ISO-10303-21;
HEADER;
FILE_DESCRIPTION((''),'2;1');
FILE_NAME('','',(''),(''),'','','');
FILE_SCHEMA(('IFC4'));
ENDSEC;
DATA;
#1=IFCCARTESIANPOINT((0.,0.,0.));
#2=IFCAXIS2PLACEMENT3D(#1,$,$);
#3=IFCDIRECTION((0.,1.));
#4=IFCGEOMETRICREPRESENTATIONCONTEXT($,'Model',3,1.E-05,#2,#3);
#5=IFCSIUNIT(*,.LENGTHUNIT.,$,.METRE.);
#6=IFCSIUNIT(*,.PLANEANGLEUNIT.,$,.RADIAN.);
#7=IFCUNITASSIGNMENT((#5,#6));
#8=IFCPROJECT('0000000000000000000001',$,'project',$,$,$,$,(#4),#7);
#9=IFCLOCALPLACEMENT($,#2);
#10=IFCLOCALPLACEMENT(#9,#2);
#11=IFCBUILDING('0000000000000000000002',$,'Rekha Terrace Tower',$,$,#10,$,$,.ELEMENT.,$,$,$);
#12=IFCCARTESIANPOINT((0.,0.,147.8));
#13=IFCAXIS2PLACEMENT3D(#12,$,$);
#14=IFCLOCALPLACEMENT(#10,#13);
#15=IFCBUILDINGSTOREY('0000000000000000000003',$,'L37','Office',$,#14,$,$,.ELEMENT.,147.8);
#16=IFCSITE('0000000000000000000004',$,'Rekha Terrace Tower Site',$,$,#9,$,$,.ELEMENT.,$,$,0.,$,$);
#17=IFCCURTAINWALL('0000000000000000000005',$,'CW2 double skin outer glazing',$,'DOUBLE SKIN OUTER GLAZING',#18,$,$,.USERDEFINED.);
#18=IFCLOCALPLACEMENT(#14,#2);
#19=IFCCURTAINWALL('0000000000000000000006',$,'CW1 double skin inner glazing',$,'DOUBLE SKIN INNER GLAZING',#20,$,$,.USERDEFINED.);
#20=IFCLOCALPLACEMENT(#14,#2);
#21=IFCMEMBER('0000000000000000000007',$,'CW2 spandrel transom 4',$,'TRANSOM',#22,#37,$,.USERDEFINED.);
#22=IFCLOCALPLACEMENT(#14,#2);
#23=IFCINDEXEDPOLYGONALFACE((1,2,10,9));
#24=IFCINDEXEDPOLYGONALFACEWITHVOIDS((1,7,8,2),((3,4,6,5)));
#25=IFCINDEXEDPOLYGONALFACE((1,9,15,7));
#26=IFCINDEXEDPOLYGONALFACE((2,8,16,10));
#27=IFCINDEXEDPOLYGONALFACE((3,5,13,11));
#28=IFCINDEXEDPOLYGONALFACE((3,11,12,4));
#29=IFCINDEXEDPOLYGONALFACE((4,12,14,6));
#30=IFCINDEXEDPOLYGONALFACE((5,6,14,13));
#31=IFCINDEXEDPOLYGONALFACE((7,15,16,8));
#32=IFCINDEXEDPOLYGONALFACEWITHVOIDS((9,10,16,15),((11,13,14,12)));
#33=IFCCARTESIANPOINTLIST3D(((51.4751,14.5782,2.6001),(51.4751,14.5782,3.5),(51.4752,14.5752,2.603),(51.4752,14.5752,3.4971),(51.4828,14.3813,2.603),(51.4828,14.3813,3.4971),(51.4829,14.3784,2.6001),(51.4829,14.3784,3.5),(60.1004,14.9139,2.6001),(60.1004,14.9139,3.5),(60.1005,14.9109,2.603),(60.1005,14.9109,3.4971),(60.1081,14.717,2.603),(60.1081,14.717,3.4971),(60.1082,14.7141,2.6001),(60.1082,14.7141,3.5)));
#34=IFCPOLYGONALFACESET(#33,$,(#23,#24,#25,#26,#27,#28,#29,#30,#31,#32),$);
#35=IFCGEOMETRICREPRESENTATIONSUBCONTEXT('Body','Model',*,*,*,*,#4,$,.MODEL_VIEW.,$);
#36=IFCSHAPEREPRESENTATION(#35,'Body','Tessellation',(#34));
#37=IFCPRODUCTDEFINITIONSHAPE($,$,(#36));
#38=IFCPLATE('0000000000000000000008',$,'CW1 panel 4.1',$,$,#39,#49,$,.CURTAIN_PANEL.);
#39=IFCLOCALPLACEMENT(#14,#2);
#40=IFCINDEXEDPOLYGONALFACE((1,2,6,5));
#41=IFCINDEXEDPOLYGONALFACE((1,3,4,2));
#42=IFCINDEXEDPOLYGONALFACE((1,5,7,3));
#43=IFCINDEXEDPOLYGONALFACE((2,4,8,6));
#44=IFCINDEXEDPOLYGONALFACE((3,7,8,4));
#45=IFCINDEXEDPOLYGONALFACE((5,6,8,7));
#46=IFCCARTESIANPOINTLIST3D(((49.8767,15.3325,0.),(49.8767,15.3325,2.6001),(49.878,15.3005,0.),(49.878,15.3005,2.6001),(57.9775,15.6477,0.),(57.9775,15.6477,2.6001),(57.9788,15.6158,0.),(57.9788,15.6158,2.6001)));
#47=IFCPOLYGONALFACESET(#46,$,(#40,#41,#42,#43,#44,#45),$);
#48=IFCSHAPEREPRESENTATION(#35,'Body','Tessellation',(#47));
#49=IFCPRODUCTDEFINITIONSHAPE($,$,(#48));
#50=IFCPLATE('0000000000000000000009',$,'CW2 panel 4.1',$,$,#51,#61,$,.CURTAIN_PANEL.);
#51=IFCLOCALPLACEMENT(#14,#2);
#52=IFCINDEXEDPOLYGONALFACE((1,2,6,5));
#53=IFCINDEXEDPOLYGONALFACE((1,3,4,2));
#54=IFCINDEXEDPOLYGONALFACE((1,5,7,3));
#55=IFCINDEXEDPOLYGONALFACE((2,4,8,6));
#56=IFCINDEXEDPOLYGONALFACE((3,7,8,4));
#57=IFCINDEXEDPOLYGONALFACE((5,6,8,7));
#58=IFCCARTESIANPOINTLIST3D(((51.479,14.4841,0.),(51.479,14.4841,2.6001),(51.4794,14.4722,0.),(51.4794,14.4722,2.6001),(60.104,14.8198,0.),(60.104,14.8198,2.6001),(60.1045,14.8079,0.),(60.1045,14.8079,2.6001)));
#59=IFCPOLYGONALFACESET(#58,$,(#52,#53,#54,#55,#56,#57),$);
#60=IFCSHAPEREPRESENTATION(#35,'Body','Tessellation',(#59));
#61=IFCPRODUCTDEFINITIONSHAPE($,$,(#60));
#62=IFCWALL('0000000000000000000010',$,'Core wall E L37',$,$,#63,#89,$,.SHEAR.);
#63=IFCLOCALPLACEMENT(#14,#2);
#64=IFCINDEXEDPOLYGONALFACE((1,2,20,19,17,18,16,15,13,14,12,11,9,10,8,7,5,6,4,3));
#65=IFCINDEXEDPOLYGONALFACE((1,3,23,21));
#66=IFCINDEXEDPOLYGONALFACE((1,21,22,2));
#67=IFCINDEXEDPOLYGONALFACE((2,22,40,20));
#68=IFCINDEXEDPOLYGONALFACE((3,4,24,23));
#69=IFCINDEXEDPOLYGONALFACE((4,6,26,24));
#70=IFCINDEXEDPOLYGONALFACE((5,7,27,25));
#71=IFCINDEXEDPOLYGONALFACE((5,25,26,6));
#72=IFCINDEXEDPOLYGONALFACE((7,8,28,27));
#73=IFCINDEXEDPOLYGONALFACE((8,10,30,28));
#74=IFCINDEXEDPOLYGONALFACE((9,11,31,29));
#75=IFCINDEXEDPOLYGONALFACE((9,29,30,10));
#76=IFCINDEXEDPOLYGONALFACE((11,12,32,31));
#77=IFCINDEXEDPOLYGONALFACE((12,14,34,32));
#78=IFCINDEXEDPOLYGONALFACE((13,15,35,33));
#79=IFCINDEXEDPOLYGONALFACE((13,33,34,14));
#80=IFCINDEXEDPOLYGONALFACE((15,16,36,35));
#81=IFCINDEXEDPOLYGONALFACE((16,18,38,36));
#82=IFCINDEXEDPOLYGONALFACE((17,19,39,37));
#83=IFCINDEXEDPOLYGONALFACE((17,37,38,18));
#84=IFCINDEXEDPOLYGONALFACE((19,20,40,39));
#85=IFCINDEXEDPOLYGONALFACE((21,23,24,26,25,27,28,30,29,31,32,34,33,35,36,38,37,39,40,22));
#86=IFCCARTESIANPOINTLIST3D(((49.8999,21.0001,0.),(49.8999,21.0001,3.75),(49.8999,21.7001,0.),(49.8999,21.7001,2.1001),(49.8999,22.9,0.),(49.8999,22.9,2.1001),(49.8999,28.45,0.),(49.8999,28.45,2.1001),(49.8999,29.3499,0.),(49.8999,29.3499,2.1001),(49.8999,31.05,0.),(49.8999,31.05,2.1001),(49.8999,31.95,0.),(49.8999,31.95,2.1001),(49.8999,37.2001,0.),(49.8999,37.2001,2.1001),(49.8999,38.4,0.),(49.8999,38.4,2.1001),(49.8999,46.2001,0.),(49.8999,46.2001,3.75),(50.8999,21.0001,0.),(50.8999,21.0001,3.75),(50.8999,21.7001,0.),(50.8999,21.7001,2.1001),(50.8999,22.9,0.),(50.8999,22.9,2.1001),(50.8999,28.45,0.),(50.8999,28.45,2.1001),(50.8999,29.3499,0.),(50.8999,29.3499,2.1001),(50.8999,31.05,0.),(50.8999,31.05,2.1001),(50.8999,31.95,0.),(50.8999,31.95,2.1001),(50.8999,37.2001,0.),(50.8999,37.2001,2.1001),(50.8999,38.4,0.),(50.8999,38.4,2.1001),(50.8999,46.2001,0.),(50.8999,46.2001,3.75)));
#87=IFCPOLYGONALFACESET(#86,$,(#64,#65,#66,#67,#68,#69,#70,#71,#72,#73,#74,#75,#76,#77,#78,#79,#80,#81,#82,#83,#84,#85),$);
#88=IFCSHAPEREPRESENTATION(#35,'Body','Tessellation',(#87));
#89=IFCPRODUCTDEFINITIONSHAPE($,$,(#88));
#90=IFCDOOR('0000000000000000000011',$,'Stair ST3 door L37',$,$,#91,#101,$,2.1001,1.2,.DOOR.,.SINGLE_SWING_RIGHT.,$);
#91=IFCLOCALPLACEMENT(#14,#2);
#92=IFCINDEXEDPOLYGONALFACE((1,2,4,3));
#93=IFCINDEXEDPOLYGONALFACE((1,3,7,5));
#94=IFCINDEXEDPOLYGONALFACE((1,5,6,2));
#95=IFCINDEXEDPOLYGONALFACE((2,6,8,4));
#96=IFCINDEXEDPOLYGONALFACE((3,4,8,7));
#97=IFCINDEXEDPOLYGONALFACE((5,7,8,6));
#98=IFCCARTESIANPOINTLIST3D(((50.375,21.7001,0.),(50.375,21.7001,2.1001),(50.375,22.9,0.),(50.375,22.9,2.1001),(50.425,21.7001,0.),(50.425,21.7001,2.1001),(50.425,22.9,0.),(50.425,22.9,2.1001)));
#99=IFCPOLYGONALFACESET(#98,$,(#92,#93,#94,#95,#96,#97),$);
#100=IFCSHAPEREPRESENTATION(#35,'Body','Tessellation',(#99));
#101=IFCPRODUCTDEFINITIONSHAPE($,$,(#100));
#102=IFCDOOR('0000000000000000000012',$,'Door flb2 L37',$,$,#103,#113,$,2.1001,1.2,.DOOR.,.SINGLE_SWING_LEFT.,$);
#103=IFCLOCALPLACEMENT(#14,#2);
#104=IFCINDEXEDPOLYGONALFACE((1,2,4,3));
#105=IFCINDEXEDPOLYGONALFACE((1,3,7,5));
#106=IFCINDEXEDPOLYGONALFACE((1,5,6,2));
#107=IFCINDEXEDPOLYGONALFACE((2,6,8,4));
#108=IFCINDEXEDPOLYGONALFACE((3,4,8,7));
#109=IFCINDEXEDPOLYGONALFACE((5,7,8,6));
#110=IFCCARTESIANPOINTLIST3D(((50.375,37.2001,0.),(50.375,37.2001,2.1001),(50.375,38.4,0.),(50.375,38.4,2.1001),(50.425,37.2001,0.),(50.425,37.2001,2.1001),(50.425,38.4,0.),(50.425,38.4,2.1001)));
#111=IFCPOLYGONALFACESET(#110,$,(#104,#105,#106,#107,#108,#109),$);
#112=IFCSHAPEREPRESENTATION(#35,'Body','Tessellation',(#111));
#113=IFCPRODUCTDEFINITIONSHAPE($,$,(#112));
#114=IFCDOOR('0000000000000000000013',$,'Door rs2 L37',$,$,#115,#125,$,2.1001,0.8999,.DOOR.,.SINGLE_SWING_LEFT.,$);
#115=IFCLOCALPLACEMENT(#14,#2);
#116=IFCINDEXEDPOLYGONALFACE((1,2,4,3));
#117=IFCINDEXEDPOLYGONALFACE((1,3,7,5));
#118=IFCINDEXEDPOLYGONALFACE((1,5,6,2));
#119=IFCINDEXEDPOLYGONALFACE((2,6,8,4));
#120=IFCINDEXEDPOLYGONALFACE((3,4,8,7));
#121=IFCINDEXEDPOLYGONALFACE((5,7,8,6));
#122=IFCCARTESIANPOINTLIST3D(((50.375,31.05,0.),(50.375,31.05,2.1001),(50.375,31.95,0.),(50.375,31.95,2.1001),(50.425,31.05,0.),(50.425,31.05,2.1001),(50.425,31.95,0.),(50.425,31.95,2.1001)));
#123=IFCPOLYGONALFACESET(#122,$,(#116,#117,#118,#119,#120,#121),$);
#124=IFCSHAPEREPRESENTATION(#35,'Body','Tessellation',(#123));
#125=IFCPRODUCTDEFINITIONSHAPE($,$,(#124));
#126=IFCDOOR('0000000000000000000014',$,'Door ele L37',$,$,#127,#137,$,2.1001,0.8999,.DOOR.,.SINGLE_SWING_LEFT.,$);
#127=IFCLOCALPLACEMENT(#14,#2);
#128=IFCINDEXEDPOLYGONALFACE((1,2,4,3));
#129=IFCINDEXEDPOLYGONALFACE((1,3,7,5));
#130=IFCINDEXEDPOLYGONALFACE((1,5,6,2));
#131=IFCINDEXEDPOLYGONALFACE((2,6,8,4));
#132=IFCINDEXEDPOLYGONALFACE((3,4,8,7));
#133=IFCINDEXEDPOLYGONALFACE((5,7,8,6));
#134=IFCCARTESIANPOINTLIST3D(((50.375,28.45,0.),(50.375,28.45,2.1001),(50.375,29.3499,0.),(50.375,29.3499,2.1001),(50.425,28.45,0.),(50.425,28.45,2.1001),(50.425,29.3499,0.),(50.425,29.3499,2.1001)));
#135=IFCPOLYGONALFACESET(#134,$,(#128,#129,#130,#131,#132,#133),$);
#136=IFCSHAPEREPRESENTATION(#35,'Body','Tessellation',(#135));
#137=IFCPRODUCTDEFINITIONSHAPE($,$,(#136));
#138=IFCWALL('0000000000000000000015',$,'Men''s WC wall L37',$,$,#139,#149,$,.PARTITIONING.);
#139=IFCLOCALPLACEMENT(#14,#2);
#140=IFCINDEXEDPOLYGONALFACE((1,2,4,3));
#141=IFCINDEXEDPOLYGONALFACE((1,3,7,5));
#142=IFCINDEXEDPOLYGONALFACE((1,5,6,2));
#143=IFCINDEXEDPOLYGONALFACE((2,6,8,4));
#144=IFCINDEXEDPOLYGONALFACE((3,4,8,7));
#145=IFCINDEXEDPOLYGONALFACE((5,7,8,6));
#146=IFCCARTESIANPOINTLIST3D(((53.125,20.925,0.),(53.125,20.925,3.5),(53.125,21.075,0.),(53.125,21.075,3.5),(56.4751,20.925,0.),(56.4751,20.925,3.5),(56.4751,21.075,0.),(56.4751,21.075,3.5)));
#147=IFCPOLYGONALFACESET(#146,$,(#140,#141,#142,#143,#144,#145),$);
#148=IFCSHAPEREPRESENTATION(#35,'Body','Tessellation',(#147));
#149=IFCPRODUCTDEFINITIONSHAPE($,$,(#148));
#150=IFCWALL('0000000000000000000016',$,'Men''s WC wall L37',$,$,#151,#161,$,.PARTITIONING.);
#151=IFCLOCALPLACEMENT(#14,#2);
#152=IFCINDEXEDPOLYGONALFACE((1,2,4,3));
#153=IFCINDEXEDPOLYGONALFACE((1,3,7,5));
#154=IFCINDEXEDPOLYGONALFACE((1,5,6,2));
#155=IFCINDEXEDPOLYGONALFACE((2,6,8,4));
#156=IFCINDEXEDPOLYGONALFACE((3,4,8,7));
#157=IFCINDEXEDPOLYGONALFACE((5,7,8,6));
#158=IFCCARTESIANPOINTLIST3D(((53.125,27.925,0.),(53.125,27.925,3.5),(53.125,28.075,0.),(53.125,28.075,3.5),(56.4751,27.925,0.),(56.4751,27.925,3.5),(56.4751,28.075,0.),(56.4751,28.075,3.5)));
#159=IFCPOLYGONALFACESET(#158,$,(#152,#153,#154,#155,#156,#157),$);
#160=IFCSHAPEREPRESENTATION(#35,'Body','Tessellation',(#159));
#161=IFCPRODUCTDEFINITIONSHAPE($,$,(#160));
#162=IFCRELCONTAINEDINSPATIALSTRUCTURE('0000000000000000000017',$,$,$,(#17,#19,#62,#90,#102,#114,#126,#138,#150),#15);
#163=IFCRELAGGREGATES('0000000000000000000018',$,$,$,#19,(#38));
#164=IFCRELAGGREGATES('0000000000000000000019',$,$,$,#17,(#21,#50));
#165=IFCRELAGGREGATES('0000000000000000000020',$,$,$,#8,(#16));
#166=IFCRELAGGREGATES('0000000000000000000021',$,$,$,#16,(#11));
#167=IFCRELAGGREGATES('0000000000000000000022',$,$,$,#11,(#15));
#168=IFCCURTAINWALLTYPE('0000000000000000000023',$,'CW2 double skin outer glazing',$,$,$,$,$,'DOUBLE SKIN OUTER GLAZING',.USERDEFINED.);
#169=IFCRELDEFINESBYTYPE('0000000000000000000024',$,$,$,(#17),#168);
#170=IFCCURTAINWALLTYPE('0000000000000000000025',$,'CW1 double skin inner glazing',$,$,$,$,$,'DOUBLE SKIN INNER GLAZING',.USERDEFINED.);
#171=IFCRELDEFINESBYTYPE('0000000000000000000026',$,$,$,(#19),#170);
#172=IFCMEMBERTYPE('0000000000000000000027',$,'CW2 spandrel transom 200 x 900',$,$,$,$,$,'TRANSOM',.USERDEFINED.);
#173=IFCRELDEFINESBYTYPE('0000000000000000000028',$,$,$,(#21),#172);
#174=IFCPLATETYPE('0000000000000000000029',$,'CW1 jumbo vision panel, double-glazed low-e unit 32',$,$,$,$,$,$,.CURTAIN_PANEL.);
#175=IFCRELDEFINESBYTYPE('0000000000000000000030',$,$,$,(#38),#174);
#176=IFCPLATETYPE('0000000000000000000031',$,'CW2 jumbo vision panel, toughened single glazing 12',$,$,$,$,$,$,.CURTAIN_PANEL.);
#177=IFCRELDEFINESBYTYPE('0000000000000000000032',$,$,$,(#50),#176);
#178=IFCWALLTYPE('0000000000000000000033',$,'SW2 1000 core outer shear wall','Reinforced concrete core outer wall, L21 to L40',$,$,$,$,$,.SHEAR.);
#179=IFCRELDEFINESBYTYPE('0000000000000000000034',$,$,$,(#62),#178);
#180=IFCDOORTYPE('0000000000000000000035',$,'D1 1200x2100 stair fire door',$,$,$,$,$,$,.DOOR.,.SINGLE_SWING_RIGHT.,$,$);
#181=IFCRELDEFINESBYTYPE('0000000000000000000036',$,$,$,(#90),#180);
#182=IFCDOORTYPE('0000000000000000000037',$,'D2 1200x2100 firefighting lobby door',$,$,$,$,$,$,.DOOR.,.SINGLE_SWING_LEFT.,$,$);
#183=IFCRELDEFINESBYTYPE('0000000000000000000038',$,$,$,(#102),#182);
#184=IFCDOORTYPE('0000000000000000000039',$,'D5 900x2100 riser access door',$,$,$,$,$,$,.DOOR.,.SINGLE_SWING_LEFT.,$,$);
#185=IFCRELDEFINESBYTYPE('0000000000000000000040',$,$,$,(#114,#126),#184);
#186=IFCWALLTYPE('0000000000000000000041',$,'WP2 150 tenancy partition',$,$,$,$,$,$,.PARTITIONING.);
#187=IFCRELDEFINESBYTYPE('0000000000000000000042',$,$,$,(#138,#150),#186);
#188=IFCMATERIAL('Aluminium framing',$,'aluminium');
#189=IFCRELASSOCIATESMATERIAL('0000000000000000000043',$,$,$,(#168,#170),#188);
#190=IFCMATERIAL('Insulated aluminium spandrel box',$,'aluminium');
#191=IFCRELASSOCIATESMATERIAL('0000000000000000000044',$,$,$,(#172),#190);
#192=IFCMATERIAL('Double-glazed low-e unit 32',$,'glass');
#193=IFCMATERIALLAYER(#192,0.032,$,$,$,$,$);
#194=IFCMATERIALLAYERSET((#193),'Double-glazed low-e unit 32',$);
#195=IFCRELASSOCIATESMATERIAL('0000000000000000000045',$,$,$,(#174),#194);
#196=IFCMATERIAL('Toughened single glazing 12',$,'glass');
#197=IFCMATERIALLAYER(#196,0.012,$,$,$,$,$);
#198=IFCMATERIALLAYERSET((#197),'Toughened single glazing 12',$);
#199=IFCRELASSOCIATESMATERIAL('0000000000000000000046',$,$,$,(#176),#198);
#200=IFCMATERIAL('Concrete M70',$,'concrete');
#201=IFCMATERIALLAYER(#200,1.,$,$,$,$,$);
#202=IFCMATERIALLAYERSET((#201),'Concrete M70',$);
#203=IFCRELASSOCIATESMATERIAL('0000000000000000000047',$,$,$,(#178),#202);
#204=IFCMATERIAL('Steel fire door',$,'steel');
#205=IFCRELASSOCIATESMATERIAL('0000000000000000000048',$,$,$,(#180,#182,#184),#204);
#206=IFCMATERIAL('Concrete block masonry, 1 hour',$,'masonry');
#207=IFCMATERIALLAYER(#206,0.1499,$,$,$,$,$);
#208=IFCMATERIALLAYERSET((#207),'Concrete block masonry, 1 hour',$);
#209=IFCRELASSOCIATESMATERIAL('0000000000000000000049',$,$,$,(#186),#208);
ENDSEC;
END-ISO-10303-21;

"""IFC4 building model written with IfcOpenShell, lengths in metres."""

from ifc_helpers import new_model, si_unit, direction, frame, frame_2d, origin, origin_2d, place, context, subcontext, project, spatial, rectangle, hollow_rectangle, extrude, material, layer, layer_set, material_profile, profile_set, type_object, element, fill, aggregate, save


model = new_model("IFC4")

# Units and contexts
model_context = context("Model", 3, precision=1e-05, world=origin(), true_north=direction((0.0, 1.0)))
body_context = subcontext(model_context, "Body", "Model", "MODEL_VIEW")
ifc_project = project(units=[si_unit("LENGTHUNIT", "METRE"), si_unit("PLANEANGLEUNIT", "RADIAN")], contexts=[model_context])

# Site, building, storey
site_placement = place(None, origin())
site = spatial("IfcSite", under=ifc_project, at=site_placement, Name="Rekha Terrace Tower Site", CompositionType="ELEMENT", RefElevation=0.0)
building_placement = place(site_placement, origin())
building = spatial("IfcBuilding", under=site, at=building_placement, Name="Rekha Terrace Tower", CompositionType="ELEMENT")
storey_placement = place(building_placement, frame((0.0, 0.0, 147.8)))
storey = spatial("IfcBuildingStorey", under=building, at=storey_placement, Name="L37", Description="Office", CompositionType="ELEMENT", Elevation=147.8)

# Shared definitions
ifc_material_1 = material(Name="Concrete M70", Category="concrete")

# Curtain wall
ifc_material_2 = material(Name="Aluminium framing", Category="aluminium")
curtain_wall_type_1 = type_object("IfcCurtainWallType", Name="CW2 double skin outer glazing", ElementType="DOUBLE SKIN OUTER GLAZING", PredefinedType="USERDEFINED", material=ifc_material_2)
curtain_wall_1_placement = place(storey_placement, origin())
curtain_wall_1 = element("IfcCurtainWall", 1, at=curtain_wall_1_placement, inside=storey, type_object=curtain_wall_type_1, Name="CW2 double skin outer glazing", ObjectType="DOUBLE SKIN OUTER GLAZING", PredefinedType="USERDEFINED")

# Curtain wall
curtain_wall_type_2 = type_object("IfcCurtainWallType", Name="CW1 double skin inner glazing", ElementType="DOUBLE SKIN INNER GLAZING", PredefinedType="USERDEFINED", material=ifc_material_2)
curtain_wall_2_placement = place(storey_placement, origin())
curtain_wall_2 = element("IfcCurtainWall", 2, at=curtain_wall_2_placement, inside=storey, type_object=curtain_wall_type_2, Name="CW1 double skin inner glazing", ObjectType="DOUBLE SKIN INNER GLAZING", PredefinedType="USERDEFINED")
ifc_material_3 = material(Name="Insulated aluminium spandrel box", Category="aluminium")

# Member
ifc_material_profile_1 = material_profile(ifc_material_3, hollow_rectangle(XDim=0.2, YDim=0.8999, WallThickness=0.0029, at=origin_2d()), Name="AL SPANDREL BOX 200x900")
ifc_profile_set_1 = profile_set([ifc_material_profile_1], Name="Insulated aluminium spandrel box")
member_type_1 = type_object("IfcMemberType", Name="CW2 spandrel transom 200 x 900", ElementType="TRANSOM", PredefinedType="USERDEFINED", material=ifc_profile_set_1)
member_1_placement = place(storey_placement, frame((51.479, 14.4783, 3.05), z_axis=(0.999243, 0.03889, 0.0), x_axis=(-0.03889, 0.999243, 0.0)))
member_1 = element("IfcMember", 3, at=member_1_placement, type_object=member_type_1, Name="CW2 spandrel transom 4", ObjectType="TRANSOM", PredefinedType="USERDEFINED", context=body_context, shape_type="SweptSolid", body=[
    extrude(hollow_rectangle(XDim=0.2, YDim=0.8999, WallThickness=0.0029, at=origin_2d()), origin(), (0.0, 0.0, 1.0), 8.6318),
])

# Plates
ifc_material_4 = material(Name="Double-glazed low-e unit 32", Category="glass")
ifc_layer_1 = layer(ifc_material_4, 0.032)
ifc_layer_set_1 = layer_set([ifc_layer_1], Name="Double-glazed low-e unit 32")
plate_type_1 = type_object("IfcPlateType", Name="CW1 jumbo vision panel, double-glazed low-e unit 32", PredefinedType="CURTAIN_PANEL", material=ifc_layer_set_1)
plate_1_placement = place(storey_placement, frame((53.9277, 15.4741, 0.0), z_axis=(0.0, 0.0, 1.0), x_axis=(0.999243, 0.03889, 0.0)))
plate_1 = element("IfcPlate", 4, at=plate_1_placement, type_object=plate_type_1, Name="CW1 panel 4.1", PredefinedType="CURTAIN_PANEL", context=body_context, shape_type="SweptSolid", body=[
    extrude(rectangle(XDim=8.1069, YDim=0.032, at=origin_2d()), origin(), (0.0, 0.0, 1.0), 2.6001),
])
aggregate(curtain_wall_2, [plate_1])
ifc_material_5 = material(Name="Toughened single glazing 12", Category="glass")
ifc_layer_2 = layer(ifc_material_5, 0.012)
ifc_layer_set_2 = layer_set([ifc_layer_2], Name="Toughened single glazing 12")
plate_type_2 = type_object("IfcPlateType", Name="CW2 jumbo vision panel, toughened single glazing 12", PredefinedType="CURTAIN_PANEL", material=ifc_layer_set_2)
plate_2_placement = place(storey_placement, frame((55.7917, 14.646, 0.0), z_axis=(0.0, 0.0, 1.0), x_axis=(0.999243, 0.03889, 0.0)))
plate_2 = element("IfcPlate", 5, at=plate_2_placement, type_object=plate_type_2, Name="CW2 panel 4.1", PredefinedType="CURTAIN_PANEL", context=body_context, shape_type="SweptSolid", body=[
    extrude(rectangle(XDim=8.6316, YDim=0.012, at=origin_2d()), origin(), (0.0, 0.0, 1.0), 2.6001),
])
aggregate(curtain_wall_1, [member_1, plate_2])

# Wall, openings, doors
ifc_layer_3 = layer(ifc_material_1, 1.0)
ifc_layer_set_3 = layer_set([ifc_layer_3], Name="Concrete M70")
wall_type_1 = type_object("IfcWallType", Name="SW2 1000 core outer shear wall", Description="Reinforced concrete core outer wall, L21 to L40", PredefinedType="SHEAR", material=ifc_layer_set_3)
wall_1_placement = place(storey_placement, frame((50.3999, 21.0, 0.0), z_axis=(0.0, 0.0, 1.0), x_axis=(0.0, 1.0, 0.0)))
wall_1 = element("IfcWall", 6, at=wall_1_placement, inside=storey, type_object=wall_type_1, Name="Core wall E L37", PredefinedType="SHEAR", context=body_context, shape_type="SweptSolid", body=[
    extrude(rectangle(XDim=25.2, YDim=1.0, at=frame_2d((12.6001, 0.0))), origin(), (0.0, 0.0, 1.0), 3.75),
])
opening_1_placement = place(wall_1_placement, frame((16.2, 0.0, 0.0)))
opening_1 = element("IfcOpeningElement", 7, at=opening_1_placement, cuts=wall_1, PredefinedType="OPENING", context=body_context, shape_type="SweptSolid", body=[
    extrude(rectangle(XDim=1.2, YDim=2.1001, at=frame_2d((0.6001, 1.05))), frame((0.0, 0.51, 0.0), z_axis=(0.0, -1.0, 0.0), x_axis=(1.0, 0.0, 0.0)), (0.0, 0.0, 1.0), 1.02),
])
opening_2_placement = place(wall_1_placement, frame((10.05, 0.0, 0.0)))
opening_2 = element("IfcOpeningElement", 8, at=opening_2_placement, cuts=wall_1, PredefinedType="OPENING", context=body_context, shape_type="SweptSolid", body=[
    extrude(rectangle(XDim=0.8999, YDim=2.1001, at=frame_2d((0.45, 1.05))), frame((0.0, 0.51, 0.0), z_axis=(0.0, -1.0, 0.0), x_axis=(1.0, 0.0, 0.0)), (0.0, 0.0, 1.0), 1.02),
])
opening_3_placement = place(wall_1_placement, frame((7.45, 0.0, 0.0)))
opening_3 = element("IfcOpeningElement", 9, at=opening_3_placement, cuts=wall_1, PredefinedType="OPENING", context=body_context, shape_type="SweptSolid", body=[
    extrude(rectangle(XDim=0.8999, YDim=2.1001, at=frame_2d((0.45, 1.05))), frame((0.0, 0.51, 0.0), z_axis=(0.0, -1.0, 0.0), x_axis=(1.0, 0.0, 0.0)), (0.0, 0.0, 1.0), 1.02),
])
opening_4_placement = place(wall_1_placement, frame((0.7, 0.0, 0.0)))
opening_4 = element("IfcOpeningElement", 10, at=opening_4_placement, cuts=wall_1, PredefinedType="OPENING", context=body_context, shape_type="SweptSolid", body=[
    extrude(rectangle(XDim=1.2, YDim=2.1001, at=frame_2d((0.6001, 1.05))), frame((0.0, 0.51, 0.0), z_axis=(0.0, -1.0, 0.0), x_axis=(1.0, 0.0, 0.0)), (0.0, 0.0, 1.0), 1.02),
])
ifc_material_6 = material(Name="Steel fire door", Category="steel")
door_type_1 = type_object("IfcDoorType", Name="D1 1200x2100 stair fire door", OperationType="SINGLE_SWING_RIGHT", PredefinedType="DOOR", material=ifc_material_6)
door_1_placement = place(opening_4_placement, origin())
door_1 = element("IfcDoor", 11, at=door_1_placement, inside=storey, type_object=door_type_1, Name="Stair ST3 door L37", OperationType="SINGLE_SWING_RIGHT", OverallHeight=2.1001, OverallWidth=1.2, PredefinedType="DOOR", context=body_context, shape_type="SweptSolid", body=[
    extrude(rectangle(XDim=1.2, YDim=2.1001, at=frame_2d((0.6001, 1.05))), frame((0.0, 0.0249, 0.0), z_axis=(0.0, -1.0, 0.0), x_axis=(1.0, 0.0, 0.0)), (0.0, 0.0, 1.0), 0.05),
])
fill(opening_4, door_1)
door_type_2 = type_object("IfcDoorType", Name="D2 1200x2100 firefighting lobby door", OperationType="SINGLE_SWING_LEFT", PredefinedType="DOOR", material=ifc_material_6)
door_2_placement = place(opening_1_placement, origin())
door_2 = element("IfcDoor", 12, at=door_2_placement, inside=storey, type_object=door_type_2, Name="Door flb2 L37", OperationType="SINGLE_SWING_LEFT", OverallHeight=2.1001, OverallWidth=1.2, PredefinedType="DOOR", context=body_context, shape_type="SweptSolid", body=[
    extrude(rectangle(XDim=1.2, YDim=2.1001, at=frame_2d((0.6001, 1.05))), frame((0.0, 0.0249, 0.0), z_axis=(0.0, -1.0, 0.0), x_axis=(1.0, 0.0, 0.0)), (0.0, 0.0, 1.0), 0.05),
])
fill(opening_1, door_2)
door_type_3 = type_object("IfcDoorType", Name="D5 900x2100 riser access door", OperationType="SINGLE_SWING_LEFT", PredefinedType="DOOR", material=ifc_material_6)
door_3_placement = place(opening_2_placement, origin())
door_3 = element("IfcDoor", 13, at=door_3_placement, inside=storey, type_object=door_type_3, Name="Door rs2 L37", OperationType="SINGLE_SWING_LEFT", OverallHeight=2.1001, OverallWidth=0.8999, PredefinedType="DOOR", context=body_context, shape_type="SweptSolid", body=[
    extrude(rectangle(XDim=0.8999, YDim=2.1001, at=frame_2d((0.45, 1.05))), frame((0.0, 0.0249, 0.0), z_axis=(0.0, -1.0, 0.0), x_axis=(1.0, 0.0, 0.0)), (0.0, 0.0, 1.0), 0.05),
])
fill(opening_2, door_3)
door_4_placement = place(opening_3_placement, origin())
door_4 = element("IfcDoor", 14, at=door_4_placement, inside=storey, type_object=door_type_3, Name="Door ele L37", OperationType="SINGLE_SWING_LEFT", OverallHeight=2.1001, OverallWidth=0.8999, PredefinedType="DOOR", context=body_context, shape_type="SweptSolid", body=[
    extrude(rectangle(XDim=0.8999, YDim=2.1001, at=frame_2d((0.45, 1.05))), frame((0.0, 0.0249, 0.0), z_axis=(0.0, -1.0, 0.0), x_axis=(1.0, 0.0, 0.0)), (0.0, 0.0, 1.0), 0.05),
])
fill(opening_3, door_4)

# Walls
ifc_material_7 = material(Name="Concrete block masonry, 1 hour", Category="masonry")
ifc_layer_4 = layer(ifc_material_7, 0.1499)
ifc_layer_set_4 = layer_set([ifc_layer_4], Name="Concrete block masonry, 1 hour")
wall_type_2 = type_object("IfcWallType", Name="WP2 150 tenancy partition", PredefinedType="PARTITIONING", material=ifc_layer_set_4)
for number, where, z_axis, x_axis, name in (
    (15, (53.125, 21.0, 0.0), (0.0, 0.0, 1.0), (1.0, 0.0, 0.0), "Men's WC wall L37"),
    (16, (53.125, 28.0, 0.0), (0.0, 0.0, 1.0), (1.0, 0.0, 0.0), "Men's WC wall L37"),
):
    element("IfcWall", number, at=place(storey_placement, frame(where, z_axis=z_axis, x_axis=x_axis)), inside=storey, type_object=wall_type_2, Name=name, PredefinedType="PARTITIONING", context=body_context, shape_type="SweptSolid", body=[
        extrude(rectangle(XDim=3.3501, YDim=0.1499, at=frame_2d((1.675, 0.0))), origin(), (0.0, 0.0, 1.0), 3.5),
    ])

save(model, "model.ifc")
